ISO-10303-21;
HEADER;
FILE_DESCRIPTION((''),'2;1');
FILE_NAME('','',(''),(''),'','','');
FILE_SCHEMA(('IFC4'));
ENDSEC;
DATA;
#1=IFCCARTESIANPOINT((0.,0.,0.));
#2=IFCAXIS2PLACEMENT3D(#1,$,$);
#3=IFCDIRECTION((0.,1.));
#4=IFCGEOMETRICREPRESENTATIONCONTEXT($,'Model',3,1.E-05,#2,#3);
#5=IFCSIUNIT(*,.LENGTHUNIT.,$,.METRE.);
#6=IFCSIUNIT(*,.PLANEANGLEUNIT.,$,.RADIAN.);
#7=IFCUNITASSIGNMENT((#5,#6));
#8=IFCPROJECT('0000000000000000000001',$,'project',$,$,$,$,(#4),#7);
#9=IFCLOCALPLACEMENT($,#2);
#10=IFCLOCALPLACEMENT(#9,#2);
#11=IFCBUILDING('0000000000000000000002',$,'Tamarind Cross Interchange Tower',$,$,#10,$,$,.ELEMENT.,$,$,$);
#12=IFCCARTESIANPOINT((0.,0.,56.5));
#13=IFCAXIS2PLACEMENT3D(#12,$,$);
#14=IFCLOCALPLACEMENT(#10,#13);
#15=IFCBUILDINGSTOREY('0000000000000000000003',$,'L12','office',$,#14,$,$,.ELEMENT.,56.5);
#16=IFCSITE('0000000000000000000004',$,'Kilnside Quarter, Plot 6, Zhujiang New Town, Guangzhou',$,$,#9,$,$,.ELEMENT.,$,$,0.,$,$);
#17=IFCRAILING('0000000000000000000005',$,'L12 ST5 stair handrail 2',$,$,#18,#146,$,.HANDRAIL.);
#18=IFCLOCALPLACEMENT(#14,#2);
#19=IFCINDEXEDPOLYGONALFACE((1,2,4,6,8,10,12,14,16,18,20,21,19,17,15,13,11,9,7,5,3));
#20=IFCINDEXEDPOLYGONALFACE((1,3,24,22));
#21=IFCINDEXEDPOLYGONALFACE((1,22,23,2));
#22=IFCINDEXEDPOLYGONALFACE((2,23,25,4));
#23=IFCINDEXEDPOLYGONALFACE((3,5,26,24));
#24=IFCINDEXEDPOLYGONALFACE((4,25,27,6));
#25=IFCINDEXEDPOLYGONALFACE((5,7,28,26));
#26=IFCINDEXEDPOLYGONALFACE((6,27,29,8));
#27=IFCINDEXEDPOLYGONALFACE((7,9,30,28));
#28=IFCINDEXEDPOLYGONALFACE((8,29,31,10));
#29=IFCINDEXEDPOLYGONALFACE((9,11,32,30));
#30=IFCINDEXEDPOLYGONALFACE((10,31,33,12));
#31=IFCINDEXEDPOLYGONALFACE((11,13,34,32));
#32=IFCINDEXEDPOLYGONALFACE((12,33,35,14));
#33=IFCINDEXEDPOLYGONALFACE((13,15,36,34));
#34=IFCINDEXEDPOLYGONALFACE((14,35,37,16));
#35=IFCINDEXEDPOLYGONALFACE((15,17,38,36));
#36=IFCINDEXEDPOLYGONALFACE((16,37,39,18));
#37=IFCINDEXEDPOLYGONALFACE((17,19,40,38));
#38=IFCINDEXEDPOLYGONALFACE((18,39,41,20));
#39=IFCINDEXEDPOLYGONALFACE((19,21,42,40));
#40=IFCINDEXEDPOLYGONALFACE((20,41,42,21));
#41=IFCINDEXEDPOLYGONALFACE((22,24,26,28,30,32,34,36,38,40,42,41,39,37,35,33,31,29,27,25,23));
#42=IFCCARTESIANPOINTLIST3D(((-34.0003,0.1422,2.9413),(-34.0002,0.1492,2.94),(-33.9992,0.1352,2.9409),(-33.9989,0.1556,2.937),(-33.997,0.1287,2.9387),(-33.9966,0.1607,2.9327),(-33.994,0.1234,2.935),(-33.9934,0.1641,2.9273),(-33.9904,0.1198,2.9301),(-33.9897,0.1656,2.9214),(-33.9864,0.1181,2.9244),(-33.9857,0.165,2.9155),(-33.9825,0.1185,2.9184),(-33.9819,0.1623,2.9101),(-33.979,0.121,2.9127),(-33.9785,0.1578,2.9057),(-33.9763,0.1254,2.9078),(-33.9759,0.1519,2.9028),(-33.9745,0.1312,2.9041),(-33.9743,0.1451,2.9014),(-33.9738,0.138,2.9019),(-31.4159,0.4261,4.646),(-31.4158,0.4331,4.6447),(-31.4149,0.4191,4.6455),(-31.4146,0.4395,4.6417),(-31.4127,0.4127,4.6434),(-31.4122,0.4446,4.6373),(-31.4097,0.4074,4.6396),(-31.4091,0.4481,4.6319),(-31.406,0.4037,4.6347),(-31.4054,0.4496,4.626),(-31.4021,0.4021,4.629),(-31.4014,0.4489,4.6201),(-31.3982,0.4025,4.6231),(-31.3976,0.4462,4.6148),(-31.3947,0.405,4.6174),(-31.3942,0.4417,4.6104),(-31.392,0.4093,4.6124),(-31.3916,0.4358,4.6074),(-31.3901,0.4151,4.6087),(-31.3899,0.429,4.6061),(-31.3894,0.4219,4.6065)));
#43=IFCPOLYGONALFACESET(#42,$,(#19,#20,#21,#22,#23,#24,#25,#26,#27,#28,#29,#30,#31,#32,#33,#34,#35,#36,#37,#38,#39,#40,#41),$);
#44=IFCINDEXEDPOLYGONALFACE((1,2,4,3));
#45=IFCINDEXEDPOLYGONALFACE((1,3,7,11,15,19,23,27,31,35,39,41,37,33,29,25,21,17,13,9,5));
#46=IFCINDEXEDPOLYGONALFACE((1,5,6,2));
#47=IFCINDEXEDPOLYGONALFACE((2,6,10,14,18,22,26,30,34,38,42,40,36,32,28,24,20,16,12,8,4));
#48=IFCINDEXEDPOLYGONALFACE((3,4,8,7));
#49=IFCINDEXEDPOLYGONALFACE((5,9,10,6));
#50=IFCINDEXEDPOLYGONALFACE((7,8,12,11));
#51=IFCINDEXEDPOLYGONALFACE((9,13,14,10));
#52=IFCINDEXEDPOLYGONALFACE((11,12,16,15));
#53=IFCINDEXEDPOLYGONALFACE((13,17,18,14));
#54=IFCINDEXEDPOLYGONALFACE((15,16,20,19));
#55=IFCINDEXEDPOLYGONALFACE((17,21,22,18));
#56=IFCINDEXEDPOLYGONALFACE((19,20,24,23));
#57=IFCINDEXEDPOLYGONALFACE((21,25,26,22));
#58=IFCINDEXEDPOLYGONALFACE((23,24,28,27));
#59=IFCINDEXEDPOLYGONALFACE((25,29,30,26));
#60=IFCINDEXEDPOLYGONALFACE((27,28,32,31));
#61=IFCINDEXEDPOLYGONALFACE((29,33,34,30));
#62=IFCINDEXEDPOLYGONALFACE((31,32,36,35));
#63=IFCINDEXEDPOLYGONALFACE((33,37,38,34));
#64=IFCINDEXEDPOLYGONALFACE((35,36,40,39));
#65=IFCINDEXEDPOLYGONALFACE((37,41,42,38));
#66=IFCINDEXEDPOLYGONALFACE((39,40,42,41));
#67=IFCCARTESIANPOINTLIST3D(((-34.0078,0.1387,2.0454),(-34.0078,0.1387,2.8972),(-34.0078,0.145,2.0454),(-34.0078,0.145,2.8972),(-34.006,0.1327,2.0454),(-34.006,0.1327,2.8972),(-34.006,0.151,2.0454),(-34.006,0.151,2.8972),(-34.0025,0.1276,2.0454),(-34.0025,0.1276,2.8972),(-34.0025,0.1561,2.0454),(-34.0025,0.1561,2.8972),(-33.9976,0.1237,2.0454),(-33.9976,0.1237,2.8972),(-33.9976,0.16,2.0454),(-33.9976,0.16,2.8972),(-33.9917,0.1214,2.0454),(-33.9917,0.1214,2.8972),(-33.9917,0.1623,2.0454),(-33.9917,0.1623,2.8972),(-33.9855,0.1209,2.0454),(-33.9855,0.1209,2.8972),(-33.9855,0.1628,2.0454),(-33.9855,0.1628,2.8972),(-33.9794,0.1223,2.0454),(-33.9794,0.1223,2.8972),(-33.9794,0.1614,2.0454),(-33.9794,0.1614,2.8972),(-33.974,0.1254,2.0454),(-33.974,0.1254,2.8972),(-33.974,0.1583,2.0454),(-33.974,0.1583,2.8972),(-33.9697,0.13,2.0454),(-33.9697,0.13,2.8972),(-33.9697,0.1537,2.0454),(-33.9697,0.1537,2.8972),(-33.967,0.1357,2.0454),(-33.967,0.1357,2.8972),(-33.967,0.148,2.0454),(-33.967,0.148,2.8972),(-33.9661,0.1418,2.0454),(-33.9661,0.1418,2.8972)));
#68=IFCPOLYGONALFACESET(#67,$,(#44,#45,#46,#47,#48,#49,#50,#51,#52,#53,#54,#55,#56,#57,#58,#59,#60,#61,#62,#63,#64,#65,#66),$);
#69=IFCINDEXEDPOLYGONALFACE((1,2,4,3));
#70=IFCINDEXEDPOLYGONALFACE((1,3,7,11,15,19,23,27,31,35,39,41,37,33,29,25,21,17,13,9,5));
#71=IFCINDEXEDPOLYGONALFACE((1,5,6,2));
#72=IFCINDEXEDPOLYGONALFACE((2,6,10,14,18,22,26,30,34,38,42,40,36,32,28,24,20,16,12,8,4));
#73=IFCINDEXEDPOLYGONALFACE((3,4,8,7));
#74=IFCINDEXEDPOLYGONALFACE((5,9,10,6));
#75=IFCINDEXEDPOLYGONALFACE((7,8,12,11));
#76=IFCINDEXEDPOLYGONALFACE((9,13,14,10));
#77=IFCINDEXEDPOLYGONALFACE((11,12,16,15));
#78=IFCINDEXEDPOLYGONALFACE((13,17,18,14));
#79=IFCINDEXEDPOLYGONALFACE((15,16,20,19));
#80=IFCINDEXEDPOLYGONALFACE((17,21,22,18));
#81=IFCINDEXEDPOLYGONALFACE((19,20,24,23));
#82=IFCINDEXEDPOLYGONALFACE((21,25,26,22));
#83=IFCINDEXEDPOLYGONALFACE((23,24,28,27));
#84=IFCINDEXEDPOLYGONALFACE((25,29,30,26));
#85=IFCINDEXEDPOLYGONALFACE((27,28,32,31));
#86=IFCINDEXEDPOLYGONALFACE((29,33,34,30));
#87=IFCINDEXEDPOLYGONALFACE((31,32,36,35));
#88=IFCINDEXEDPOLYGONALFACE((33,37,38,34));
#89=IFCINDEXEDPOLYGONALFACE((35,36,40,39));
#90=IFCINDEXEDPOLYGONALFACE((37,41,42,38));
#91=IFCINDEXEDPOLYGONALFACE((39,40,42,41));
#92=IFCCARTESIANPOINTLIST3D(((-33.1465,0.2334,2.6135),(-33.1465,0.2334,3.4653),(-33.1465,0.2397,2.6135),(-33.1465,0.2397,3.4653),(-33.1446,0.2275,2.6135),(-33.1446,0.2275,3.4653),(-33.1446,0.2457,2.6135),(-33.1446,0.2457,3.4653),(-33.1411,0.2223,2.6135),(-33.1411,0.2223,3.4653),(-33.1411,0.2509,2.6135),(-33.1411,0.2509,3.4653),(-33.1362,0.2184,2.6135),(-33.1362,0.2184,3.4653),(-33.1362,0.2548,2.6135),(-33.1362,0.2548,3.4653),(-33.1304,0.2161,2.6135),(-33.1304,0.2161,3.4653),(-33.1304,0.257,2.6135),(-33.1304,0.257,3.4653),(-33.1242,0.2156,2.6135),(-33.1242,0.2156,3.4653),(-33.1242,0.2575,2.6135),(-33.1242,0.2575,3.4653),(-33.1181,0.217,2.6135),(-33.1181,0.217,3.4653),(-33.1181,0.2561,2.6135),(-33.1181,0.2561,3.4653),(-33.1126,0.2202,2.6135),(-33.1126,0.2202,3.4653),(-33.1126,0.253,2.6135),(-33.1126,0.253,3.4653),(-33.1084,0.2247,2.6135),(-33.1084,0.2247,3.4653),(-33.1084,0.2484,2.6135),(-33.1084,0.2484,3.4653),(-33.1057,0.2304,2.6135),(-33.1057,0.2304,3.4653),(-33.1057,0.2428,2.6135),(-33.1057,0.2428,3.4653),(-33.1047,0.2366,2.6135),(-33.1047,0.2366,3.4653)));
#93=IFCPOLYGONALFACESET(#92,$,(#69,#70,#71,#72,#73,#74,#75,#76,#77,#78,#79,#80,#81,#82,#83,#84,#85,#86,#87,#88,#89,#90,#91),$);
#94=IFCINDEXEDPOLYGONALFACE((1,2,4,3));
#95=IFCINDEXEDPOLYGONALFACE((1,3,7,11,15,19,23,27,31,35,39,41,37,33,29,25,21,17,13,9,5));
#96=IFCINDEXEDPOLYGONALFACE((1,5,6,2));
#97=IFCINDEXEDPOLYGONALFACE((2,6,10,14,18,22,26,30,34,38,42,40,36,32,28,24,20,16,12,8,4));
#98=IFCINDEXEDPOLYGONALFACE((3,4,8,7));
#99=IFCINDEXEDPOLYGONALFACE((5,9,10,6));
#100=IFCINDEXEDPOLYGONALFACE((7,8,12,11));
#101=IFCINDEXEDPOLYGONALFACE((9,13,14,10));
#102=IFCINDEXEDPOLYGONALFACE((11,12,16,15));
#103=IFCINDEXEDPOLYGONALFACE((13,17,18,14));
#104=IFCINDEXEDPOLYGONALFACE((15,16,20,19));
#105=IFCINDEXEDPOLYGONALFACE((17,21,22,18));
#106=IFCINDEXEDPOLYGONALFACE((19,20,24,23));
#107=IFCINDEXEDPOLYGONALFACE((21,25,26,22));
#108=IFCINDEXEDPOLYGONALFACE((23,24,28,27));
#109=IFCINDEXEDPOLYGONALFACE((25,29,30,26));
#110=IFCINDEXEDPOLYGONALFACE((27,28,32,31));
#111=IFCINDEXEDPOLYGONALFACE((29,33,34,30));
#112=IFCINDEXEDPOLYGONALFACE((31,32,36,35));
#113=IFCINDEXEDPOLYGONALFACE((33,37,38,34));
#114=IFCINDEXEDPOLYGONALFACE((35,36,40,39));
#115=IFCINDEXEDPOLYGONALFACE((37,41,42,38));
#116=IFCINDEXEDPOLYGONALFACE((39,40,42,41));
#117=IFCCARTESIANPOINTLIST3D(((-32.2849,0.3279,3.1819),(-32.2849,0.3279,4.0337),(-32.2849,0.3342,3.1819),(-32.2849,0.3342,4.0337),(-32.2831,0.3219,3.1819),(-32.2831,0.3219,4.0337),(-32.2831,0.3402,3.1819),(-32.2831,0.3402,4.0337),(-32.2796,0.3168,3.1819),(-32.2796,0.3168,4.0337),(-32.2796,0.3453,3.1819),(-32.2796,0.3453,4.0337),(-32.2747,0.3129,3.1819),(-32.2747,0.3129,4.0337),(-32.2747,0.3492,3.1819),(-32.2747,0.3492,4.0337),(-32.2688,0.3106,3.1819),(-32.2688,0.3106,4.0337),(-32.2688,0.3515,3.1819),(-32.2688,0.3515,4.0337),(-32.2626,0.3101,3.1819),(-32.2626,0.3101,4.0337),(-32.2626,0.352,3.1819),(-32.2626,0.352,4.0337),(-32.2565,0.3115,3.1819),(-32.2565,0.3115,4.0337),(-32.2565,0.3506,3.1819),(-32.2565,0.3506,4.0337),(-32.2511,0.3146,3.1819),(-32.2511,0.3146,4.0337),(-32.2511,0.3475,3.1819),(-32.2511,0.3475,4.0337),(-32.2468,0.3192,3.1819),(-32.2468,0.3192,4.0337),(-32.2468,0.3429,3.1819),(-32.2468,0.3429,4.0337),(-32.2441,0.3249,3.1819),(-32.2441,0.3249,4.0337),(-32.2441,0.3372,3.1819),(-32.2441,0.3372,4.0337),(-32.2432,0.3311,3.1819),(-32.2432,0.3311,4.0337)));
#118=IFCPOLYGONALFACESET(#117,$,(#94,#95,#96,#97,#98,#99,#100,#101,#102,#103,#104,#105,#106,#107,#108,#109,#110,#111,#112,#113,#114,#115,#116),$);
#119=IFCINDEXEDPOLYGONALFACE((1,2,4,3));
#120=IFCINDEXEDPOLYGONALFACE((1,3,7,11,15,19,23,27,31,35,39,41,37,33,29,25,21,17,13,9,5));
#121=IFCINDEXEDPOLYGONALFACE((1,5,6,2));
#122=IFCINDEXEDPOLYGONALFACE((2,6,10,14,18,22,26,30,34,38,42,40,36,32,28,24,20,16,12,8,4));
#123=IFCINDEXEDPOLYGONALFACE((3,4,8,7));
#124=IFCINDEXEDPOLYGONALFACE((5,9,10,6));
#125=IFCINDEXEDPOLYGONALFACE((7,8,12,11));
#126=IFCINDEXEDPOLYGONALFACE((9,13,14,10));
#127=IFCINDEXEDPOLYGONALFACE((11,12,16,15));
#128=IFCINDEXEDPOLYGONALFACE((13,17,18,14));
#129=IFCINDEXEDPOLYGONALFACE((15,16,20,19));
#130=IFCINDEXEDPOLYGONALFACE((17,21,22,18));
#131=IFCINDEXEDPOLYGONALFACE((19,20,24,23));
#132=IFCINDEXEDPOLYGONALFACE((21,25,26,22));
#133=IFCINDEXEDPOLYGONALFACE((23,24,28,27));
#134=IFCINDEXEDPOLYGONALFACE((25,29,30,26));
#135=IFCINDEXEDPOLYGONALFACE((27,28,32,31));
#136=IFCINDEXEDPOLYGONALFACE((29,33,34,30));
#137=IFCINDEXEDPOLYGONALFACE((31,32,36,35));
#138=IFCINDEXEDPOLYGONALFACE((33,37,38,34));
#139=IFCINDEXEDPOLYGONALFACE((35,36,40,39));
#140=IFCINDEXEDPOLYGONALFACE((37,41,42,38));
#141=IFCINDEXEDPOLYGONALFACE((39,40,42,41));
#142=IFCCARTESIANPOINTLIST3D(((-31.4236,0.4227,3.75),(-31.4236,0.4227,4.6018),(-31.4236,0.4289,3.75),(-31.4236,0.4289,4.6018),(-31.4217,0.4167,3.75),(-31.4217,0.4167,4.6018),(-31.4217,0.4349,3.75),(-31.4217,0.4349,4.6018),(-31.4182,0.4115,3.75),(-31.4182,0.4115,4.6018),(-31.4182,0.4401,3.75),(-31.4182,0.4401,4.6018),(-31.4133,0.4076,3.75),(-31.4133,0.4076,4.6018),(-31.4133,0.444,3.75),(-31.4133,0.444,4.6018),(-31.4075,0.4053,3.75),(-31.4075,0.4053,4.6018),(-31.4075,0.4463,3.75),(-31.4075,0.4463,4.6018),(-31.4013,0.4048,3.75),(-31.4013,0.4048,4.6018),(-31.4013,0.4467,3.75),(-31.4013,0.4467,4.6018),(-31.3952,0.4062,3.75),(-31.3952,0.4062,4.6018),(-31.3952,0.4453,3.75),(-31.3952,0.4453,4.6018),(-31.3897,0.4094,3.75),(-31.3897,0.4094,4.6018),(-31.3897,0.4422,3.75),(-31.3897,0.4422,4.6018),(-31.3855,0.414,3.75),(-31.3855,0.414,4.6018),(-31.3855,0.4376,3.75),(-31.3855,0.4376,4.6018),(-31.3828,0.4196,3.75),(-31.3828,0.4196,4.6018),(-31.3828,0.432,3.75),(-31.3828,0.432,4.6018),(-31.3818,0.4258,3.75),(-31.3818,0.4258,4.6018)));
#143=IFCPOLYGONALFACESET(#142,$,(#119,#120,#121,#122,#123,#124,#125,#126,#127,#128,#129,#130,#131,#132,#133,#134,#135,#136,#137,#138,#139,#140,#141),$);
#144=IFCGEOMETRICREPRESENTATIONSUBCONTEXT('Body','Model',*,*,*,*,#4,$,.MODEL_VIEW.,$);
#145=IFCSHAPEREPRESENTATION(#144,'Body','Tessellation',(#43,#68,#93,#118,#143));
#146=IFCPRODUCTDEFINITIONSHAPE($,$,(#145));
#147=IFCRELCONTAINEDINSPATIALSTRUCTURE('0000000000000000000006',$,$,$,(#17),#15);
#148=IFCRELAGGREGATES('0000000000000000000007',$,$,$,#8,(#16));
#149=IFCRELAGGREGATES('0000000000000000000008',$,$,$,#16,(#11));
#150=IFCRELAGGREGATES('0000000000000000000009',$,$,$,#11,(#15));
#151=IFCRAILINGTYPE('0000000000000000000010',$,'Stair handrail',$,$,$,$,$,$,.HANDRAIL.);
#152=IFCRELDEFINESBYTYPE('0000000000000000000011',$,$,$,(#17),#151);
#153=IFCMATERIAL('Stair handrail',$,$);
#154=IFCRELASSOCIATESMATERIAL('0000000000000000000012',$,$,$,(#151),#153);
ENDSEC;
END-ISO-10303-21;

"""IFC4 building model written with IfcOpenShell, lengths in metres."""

from ifc_helpers import new_model, si_unit, direction, frame, origin, origin_2d, place, context, subcontext, project, spatial, circle, extrude, material, type_object, element, save


model = new_model("IFC4")

# Units and contexts
model_context = context("Model", 3, precision=1e-05, world=origin(), true_north=direction((0.0, 1.0)))
body_context = subcontext(model_context, "Body", "Model", "MODEL_VIEW")
ifc_project = project(units=[si_unit("LENGTHUNIT", "METRE"), si_unit("PLANEANGLEUNIT", "RADIAN")], contexts=[model_context])

# Site, building, storey
site_placement = place(None, origin())
site = spatial("IfcSite", under=ifc_project, at=site_placement, Name="Kilnside Quarter, Plot 6, Zhujiang New Town, Guangzhou", CompositionType="ELEMENT", RefElevation=0.0)
building_placement = place(site_placement, origin())
building = spatial("IfcBuilding", under=site, at=building_placement, Name="Tamarind Cross Interchange Tower", CompositionType="ELEMENT")
storey_placement = place(building_placement, frame((0.0, 0.0, 56.5)))
storey = spatial("IfcBuildingStorey", under=building, at=storey_placement, Name="L12", Description="office", CompositionType="ELEMENT", Elevation=56.5)

# Railing
ifc_material_1 = material(Name="Stair handrail")
railing_type_1 = type_object("IfcRailingType", Name="Stair handrail", PredefinedType="HANDRAIL", material=ifc_material_1)
railing_1_placement = place(storey_placement, frame((-33.9871, 0.1418, 2.0454)))
element("IfcRailing", 1, at=railing_1_placement, inside=storey, type_object=railing_type_1, Name="L12 ST5 stair handrail 2", PredefinedType="HANDRAIL", context=body_context, shape_type="SweptSolid", body=[
    extrude(circle(Radius=0.0239, at=origin_2d()), frame((0.0, 0.0, 0.876), z_axis=(0.831269, 0.091334, 0.548316), x_axis=(-0.109215, 0.994018, 0.0)), (0.0, 0.0, 1.0), 3.1089),
    extrude(circle(Radius=0.021, at=origin_2d()), origin(), (0.0, 0.0, 1.0), 0.8518),
    extrude(circle(Radius=0.021, at=origin_2d()), frame((0.8613, 0.0947, 0.5681)), (0.0, 0.0, 1.0), 0.8518),
    extrude(circle(Radius=0.021, at=origin_2d()), frame((1.7229, 0.1892, 1.1365)), (0.0, 0.0, 1.0), 0.8518),
    extrude(circle(Radius=0.021, at=origin_2d()), frame((2.5842, 0.2839, 1.7046)), (0.0, 0.0, 1.0), 0.8518),
])

save(model, "model.ifc")
